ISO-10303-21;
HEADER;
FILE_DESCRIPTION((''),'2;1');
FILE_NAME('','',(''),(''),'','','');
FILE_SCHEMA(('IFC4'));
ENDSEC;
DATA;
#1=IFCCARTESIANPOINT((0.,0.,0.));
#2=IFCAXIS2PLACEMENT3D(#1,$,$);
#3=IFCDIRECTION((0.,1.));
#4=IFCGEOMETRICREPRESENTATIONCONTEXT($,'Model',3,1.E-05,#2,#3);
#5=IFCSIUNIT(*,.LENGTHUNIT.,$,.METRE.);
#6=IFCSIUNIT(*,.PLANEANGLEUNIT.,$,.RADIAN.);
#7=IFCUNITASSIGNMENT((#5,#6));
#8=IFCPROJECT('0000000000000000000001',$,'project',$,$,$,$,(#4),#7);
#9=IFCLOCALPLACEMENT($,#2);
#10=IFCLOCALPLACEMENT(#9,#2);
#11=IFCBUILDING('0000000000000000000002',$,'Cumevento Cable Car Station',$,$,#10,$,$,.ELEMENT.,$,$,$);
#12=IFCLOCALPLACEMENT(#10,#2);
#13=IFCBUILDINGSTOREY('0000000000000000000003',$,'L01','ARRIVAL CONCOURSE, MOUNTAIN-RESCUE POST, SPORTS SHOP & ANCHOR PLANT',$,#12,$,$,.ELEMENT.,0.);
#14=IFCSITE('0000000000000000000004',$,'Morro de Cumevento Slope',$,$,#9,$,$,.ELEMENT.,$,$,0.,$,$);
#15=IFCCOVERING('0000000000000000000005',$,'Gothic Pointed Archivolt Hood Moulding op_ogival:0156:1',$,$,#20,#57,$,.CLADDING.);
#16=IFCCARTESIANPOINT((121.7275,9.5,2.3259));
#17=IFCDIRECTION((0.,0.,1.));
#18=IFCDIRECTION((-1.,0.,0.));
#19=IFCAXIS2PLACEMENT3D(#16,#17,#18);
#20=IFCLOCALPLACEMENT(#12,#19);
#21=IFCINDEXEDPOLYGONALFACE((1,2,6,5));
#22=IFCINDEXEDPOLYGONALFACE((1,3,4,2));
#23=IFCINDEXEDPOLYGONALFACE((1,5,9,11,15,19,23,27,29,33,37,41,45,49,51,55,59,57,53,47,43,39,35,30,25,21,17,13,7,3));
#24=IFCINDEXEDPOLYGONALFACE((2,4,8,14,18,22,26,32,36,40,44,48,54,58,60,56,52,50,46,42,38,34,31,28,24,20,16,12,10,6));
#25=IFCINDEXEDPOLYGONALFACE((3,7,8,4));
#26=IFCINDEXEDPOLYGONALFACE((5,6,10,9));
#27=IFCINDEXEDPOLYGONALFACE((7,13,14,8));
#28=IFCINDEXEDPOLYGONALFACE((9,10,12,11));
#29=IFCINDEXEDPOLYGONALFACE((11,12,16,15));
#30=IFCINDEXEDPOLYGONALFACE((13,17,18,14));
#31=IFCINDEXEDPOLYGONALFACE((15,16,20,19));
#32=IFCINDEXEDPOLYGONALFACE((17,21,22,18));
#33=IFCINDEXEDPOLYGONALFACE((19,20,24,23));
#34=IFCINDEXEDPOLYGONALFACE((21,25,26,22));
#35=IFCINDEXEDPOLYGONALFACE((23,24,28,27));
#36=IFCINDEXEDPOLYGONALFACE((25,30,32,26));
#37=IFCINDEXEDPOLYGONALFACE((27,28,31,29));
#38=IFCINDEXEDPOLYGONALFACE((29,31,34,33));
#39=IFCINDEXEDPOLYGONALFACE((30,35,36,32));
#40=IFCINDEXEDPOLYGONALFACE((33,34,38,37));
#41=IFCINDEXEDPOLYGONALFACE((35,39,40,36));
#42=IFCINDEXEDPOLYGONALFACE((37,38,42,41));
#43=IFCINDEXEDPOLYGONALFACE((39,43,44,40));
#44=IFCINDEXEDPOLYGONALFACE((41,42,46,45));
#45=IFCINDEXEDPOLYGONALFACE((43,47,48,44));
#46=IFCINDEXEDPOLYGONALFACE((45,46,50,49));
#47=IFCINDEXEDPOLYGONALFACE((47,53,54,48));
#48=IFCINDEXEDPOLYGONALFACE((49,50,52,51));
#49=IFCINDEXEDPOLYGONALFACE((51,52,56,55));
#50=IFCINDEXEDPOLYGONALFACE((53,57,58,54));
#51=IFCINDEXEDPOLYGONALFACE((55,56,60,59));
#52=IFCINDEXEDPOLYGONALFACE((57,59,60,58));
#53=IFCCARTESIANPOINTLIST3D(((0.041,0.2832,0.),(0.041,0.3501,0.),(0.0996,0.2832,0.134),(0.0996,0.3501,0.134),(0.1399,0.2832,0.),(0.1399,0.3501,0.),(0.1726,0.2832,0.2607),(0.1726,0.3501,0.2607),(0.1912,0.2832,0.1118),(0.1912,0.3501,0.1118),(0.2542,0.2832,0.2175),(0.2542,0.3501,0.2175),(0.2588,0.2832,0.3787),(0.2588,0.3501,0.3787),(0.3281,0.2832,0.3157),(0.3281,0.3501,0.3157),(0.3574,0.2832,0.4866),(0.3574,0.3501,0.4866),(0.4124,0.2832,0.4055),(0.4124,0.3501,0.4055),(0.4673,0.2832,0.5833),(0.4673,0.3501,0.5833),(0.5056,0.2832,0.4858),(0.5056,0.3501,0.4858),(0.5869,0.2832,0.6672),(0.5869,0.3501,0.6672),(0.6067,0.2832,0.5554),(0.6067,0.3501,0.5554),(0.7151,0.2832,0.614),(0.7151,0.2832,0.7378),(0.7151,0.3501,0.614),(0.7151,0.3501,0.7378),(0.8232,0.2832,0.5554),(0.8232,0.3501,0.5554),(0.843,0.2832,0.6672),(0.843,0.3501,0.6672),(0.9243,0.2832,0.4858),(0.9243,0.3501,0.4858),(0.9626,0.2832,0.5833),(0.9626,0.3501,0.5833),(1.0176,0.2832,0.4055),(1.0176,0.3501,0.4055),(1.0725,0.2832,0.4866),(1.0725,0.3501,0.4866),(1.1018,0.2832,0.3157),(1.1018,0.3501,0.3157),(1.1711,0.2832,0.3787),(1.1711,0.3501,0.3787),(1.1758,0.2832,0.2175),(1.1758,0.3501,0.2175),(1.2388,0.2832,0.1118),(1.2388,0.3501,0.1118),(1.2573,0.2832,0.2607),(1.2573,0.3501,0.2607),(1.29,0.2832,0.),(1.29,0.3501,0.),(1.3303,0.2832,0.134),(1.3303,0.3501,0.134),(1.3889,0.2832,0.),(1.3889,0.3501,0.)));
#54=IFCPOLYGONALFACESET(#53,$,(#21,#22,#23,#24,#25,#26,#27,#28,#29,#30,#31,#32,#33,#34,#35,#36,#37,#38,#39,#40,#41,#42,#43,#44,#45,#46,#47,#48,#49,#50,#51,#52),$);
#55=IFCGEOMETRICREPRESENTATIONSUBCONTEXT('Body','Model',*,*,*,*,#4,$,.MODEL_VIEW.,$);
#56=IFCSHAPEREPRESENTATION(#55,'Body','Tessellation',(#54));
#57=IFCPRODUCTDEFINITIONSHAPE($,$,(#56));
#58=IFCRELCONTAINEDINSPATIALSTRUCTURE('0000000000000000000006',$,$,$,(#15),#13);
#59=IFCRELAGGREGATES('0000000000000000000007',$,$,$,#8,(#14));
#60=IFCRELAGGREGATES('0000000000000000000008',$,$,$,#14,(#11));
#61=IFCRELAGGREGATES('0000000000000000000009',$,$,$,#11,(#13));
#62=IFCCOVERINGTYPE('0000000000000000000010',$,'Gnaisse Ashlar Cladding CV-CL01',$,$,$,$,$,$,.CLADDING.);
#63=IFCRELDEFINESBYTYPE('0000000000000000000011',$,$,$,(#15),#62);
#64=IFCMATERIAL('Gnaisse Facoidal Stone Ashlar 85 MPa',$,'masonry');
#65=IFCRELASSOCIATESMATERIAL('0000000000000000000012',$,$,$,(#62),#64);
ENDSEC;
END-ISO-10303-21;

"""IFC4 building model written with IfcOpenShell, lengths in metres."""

from ifc_helpers import new_model, si_unit, direction, frame, origin, place, context, subcontext, project, spatial, polyline, outline, extrude, material, type_object, element, save


model = new_model("IFC4")

# Units and contexts
model_context = context("Model", 3, precision=1e-05, world=origin(), true_north=direction((0.0, 1.0)))
body_context = subcontext(model_context, "Body", "Model", "MODEL_VIEW")
ifc_project = project(units=[si_unit("LENGTHUNIT", "METRE"), si_unit("PLANEANGLEUNIT", "RADIAN")], contexts=[model_context])

# Site, building, storey
site_placement = place(None, origin())
site = spatial("IfcSite", under=ifc_project, at=site_placement, Name="Morro de Cumevento Slope", CompositionType="ELEMENT", RefElevation=0.0)
building_placement = place(site_placement, origin())
building = spatial("IfcBuilding", under=site, at=building_placement, Name="Cumevento Cable Car Station", CompositionType="ELEMENT")
storey_placement = place(building_placement, origin())
storey = spatial("IfcBuildingStorey", under=building, at=storey_placement, Name="L01", Description="ARRIVAL CONCOURSE, MOUNTAIN-RESCUE POST, SPORTS SHOP & ANCHOR PLANT", CompositionType="ELEMENT", Elevation=0.0)

# Covering
ifc_material_1 = material(Name="Gnaisse Facoidal Stone Ashlar 85 MPa", Category="masonry")
covering_type = type_object("IfcCoveringType", Name="Gnaisse Ashlar Cladding CV-CL01", PredefinedType="CLADDING", material=ifc_material_1)
covering_1_placement = place(storey_placement, frame((121.7275, 9.5, 2.3259), z_axis=(0.0, 0.0, 1.0), x_axis=(-1.0, 0.0, 0.0)))
element("IfcCovering", 1, at=covering_1_placement, inside=storey, type_object=covering_type, Name="Gothic Pointed Archivolt Hood Moulding op_ogival:0156:1", PredefinedType="CLADDING", context=body_context, shape_type="SweptSolid", body=[
    extrude(outline(polyline([(0.1399, 0.0), (0.1912, 0.1118), (0.2542, 0.2175), (0.3281, 0.3157), (0.4124, 0.4055), (0.5056, 0.4858), (0.6067, 0.5554), (0.7151, 0.614), (0.8232, 0.5554), (0.9243, 0.4858), (1.0176, 0.4055), (1.1018, 0.3157), (1.1758, 0.2175), (1.2388, 0.1118), (1.29, 0.0), (1.3889, 0.0), (1.3303, 0.134), (1.2573, 0.2607), (1.1711, 0.3787), (1.0725, 0.4866), (0.9626, 0.5833), (0.843, 0.6672), (0.7151, 0.7378), (0.5869, 0.6672), (0.4673, 0.5833), (0.3574, 0.4866), (0.2588, 0.3787), (0.1726, 0.2607), (0.0996, 0.134), (0.041, 0.0), (0.1399, 0.0)])), frame((0.0, 0.3501, 0.0), z_axis=(0.0, -1.0, 0.0), x_axis=(1.0, 0.0, 0.0)), (0.0, 0.0, 1.0), 0.0669),
])

save(model, "model.ifc")
